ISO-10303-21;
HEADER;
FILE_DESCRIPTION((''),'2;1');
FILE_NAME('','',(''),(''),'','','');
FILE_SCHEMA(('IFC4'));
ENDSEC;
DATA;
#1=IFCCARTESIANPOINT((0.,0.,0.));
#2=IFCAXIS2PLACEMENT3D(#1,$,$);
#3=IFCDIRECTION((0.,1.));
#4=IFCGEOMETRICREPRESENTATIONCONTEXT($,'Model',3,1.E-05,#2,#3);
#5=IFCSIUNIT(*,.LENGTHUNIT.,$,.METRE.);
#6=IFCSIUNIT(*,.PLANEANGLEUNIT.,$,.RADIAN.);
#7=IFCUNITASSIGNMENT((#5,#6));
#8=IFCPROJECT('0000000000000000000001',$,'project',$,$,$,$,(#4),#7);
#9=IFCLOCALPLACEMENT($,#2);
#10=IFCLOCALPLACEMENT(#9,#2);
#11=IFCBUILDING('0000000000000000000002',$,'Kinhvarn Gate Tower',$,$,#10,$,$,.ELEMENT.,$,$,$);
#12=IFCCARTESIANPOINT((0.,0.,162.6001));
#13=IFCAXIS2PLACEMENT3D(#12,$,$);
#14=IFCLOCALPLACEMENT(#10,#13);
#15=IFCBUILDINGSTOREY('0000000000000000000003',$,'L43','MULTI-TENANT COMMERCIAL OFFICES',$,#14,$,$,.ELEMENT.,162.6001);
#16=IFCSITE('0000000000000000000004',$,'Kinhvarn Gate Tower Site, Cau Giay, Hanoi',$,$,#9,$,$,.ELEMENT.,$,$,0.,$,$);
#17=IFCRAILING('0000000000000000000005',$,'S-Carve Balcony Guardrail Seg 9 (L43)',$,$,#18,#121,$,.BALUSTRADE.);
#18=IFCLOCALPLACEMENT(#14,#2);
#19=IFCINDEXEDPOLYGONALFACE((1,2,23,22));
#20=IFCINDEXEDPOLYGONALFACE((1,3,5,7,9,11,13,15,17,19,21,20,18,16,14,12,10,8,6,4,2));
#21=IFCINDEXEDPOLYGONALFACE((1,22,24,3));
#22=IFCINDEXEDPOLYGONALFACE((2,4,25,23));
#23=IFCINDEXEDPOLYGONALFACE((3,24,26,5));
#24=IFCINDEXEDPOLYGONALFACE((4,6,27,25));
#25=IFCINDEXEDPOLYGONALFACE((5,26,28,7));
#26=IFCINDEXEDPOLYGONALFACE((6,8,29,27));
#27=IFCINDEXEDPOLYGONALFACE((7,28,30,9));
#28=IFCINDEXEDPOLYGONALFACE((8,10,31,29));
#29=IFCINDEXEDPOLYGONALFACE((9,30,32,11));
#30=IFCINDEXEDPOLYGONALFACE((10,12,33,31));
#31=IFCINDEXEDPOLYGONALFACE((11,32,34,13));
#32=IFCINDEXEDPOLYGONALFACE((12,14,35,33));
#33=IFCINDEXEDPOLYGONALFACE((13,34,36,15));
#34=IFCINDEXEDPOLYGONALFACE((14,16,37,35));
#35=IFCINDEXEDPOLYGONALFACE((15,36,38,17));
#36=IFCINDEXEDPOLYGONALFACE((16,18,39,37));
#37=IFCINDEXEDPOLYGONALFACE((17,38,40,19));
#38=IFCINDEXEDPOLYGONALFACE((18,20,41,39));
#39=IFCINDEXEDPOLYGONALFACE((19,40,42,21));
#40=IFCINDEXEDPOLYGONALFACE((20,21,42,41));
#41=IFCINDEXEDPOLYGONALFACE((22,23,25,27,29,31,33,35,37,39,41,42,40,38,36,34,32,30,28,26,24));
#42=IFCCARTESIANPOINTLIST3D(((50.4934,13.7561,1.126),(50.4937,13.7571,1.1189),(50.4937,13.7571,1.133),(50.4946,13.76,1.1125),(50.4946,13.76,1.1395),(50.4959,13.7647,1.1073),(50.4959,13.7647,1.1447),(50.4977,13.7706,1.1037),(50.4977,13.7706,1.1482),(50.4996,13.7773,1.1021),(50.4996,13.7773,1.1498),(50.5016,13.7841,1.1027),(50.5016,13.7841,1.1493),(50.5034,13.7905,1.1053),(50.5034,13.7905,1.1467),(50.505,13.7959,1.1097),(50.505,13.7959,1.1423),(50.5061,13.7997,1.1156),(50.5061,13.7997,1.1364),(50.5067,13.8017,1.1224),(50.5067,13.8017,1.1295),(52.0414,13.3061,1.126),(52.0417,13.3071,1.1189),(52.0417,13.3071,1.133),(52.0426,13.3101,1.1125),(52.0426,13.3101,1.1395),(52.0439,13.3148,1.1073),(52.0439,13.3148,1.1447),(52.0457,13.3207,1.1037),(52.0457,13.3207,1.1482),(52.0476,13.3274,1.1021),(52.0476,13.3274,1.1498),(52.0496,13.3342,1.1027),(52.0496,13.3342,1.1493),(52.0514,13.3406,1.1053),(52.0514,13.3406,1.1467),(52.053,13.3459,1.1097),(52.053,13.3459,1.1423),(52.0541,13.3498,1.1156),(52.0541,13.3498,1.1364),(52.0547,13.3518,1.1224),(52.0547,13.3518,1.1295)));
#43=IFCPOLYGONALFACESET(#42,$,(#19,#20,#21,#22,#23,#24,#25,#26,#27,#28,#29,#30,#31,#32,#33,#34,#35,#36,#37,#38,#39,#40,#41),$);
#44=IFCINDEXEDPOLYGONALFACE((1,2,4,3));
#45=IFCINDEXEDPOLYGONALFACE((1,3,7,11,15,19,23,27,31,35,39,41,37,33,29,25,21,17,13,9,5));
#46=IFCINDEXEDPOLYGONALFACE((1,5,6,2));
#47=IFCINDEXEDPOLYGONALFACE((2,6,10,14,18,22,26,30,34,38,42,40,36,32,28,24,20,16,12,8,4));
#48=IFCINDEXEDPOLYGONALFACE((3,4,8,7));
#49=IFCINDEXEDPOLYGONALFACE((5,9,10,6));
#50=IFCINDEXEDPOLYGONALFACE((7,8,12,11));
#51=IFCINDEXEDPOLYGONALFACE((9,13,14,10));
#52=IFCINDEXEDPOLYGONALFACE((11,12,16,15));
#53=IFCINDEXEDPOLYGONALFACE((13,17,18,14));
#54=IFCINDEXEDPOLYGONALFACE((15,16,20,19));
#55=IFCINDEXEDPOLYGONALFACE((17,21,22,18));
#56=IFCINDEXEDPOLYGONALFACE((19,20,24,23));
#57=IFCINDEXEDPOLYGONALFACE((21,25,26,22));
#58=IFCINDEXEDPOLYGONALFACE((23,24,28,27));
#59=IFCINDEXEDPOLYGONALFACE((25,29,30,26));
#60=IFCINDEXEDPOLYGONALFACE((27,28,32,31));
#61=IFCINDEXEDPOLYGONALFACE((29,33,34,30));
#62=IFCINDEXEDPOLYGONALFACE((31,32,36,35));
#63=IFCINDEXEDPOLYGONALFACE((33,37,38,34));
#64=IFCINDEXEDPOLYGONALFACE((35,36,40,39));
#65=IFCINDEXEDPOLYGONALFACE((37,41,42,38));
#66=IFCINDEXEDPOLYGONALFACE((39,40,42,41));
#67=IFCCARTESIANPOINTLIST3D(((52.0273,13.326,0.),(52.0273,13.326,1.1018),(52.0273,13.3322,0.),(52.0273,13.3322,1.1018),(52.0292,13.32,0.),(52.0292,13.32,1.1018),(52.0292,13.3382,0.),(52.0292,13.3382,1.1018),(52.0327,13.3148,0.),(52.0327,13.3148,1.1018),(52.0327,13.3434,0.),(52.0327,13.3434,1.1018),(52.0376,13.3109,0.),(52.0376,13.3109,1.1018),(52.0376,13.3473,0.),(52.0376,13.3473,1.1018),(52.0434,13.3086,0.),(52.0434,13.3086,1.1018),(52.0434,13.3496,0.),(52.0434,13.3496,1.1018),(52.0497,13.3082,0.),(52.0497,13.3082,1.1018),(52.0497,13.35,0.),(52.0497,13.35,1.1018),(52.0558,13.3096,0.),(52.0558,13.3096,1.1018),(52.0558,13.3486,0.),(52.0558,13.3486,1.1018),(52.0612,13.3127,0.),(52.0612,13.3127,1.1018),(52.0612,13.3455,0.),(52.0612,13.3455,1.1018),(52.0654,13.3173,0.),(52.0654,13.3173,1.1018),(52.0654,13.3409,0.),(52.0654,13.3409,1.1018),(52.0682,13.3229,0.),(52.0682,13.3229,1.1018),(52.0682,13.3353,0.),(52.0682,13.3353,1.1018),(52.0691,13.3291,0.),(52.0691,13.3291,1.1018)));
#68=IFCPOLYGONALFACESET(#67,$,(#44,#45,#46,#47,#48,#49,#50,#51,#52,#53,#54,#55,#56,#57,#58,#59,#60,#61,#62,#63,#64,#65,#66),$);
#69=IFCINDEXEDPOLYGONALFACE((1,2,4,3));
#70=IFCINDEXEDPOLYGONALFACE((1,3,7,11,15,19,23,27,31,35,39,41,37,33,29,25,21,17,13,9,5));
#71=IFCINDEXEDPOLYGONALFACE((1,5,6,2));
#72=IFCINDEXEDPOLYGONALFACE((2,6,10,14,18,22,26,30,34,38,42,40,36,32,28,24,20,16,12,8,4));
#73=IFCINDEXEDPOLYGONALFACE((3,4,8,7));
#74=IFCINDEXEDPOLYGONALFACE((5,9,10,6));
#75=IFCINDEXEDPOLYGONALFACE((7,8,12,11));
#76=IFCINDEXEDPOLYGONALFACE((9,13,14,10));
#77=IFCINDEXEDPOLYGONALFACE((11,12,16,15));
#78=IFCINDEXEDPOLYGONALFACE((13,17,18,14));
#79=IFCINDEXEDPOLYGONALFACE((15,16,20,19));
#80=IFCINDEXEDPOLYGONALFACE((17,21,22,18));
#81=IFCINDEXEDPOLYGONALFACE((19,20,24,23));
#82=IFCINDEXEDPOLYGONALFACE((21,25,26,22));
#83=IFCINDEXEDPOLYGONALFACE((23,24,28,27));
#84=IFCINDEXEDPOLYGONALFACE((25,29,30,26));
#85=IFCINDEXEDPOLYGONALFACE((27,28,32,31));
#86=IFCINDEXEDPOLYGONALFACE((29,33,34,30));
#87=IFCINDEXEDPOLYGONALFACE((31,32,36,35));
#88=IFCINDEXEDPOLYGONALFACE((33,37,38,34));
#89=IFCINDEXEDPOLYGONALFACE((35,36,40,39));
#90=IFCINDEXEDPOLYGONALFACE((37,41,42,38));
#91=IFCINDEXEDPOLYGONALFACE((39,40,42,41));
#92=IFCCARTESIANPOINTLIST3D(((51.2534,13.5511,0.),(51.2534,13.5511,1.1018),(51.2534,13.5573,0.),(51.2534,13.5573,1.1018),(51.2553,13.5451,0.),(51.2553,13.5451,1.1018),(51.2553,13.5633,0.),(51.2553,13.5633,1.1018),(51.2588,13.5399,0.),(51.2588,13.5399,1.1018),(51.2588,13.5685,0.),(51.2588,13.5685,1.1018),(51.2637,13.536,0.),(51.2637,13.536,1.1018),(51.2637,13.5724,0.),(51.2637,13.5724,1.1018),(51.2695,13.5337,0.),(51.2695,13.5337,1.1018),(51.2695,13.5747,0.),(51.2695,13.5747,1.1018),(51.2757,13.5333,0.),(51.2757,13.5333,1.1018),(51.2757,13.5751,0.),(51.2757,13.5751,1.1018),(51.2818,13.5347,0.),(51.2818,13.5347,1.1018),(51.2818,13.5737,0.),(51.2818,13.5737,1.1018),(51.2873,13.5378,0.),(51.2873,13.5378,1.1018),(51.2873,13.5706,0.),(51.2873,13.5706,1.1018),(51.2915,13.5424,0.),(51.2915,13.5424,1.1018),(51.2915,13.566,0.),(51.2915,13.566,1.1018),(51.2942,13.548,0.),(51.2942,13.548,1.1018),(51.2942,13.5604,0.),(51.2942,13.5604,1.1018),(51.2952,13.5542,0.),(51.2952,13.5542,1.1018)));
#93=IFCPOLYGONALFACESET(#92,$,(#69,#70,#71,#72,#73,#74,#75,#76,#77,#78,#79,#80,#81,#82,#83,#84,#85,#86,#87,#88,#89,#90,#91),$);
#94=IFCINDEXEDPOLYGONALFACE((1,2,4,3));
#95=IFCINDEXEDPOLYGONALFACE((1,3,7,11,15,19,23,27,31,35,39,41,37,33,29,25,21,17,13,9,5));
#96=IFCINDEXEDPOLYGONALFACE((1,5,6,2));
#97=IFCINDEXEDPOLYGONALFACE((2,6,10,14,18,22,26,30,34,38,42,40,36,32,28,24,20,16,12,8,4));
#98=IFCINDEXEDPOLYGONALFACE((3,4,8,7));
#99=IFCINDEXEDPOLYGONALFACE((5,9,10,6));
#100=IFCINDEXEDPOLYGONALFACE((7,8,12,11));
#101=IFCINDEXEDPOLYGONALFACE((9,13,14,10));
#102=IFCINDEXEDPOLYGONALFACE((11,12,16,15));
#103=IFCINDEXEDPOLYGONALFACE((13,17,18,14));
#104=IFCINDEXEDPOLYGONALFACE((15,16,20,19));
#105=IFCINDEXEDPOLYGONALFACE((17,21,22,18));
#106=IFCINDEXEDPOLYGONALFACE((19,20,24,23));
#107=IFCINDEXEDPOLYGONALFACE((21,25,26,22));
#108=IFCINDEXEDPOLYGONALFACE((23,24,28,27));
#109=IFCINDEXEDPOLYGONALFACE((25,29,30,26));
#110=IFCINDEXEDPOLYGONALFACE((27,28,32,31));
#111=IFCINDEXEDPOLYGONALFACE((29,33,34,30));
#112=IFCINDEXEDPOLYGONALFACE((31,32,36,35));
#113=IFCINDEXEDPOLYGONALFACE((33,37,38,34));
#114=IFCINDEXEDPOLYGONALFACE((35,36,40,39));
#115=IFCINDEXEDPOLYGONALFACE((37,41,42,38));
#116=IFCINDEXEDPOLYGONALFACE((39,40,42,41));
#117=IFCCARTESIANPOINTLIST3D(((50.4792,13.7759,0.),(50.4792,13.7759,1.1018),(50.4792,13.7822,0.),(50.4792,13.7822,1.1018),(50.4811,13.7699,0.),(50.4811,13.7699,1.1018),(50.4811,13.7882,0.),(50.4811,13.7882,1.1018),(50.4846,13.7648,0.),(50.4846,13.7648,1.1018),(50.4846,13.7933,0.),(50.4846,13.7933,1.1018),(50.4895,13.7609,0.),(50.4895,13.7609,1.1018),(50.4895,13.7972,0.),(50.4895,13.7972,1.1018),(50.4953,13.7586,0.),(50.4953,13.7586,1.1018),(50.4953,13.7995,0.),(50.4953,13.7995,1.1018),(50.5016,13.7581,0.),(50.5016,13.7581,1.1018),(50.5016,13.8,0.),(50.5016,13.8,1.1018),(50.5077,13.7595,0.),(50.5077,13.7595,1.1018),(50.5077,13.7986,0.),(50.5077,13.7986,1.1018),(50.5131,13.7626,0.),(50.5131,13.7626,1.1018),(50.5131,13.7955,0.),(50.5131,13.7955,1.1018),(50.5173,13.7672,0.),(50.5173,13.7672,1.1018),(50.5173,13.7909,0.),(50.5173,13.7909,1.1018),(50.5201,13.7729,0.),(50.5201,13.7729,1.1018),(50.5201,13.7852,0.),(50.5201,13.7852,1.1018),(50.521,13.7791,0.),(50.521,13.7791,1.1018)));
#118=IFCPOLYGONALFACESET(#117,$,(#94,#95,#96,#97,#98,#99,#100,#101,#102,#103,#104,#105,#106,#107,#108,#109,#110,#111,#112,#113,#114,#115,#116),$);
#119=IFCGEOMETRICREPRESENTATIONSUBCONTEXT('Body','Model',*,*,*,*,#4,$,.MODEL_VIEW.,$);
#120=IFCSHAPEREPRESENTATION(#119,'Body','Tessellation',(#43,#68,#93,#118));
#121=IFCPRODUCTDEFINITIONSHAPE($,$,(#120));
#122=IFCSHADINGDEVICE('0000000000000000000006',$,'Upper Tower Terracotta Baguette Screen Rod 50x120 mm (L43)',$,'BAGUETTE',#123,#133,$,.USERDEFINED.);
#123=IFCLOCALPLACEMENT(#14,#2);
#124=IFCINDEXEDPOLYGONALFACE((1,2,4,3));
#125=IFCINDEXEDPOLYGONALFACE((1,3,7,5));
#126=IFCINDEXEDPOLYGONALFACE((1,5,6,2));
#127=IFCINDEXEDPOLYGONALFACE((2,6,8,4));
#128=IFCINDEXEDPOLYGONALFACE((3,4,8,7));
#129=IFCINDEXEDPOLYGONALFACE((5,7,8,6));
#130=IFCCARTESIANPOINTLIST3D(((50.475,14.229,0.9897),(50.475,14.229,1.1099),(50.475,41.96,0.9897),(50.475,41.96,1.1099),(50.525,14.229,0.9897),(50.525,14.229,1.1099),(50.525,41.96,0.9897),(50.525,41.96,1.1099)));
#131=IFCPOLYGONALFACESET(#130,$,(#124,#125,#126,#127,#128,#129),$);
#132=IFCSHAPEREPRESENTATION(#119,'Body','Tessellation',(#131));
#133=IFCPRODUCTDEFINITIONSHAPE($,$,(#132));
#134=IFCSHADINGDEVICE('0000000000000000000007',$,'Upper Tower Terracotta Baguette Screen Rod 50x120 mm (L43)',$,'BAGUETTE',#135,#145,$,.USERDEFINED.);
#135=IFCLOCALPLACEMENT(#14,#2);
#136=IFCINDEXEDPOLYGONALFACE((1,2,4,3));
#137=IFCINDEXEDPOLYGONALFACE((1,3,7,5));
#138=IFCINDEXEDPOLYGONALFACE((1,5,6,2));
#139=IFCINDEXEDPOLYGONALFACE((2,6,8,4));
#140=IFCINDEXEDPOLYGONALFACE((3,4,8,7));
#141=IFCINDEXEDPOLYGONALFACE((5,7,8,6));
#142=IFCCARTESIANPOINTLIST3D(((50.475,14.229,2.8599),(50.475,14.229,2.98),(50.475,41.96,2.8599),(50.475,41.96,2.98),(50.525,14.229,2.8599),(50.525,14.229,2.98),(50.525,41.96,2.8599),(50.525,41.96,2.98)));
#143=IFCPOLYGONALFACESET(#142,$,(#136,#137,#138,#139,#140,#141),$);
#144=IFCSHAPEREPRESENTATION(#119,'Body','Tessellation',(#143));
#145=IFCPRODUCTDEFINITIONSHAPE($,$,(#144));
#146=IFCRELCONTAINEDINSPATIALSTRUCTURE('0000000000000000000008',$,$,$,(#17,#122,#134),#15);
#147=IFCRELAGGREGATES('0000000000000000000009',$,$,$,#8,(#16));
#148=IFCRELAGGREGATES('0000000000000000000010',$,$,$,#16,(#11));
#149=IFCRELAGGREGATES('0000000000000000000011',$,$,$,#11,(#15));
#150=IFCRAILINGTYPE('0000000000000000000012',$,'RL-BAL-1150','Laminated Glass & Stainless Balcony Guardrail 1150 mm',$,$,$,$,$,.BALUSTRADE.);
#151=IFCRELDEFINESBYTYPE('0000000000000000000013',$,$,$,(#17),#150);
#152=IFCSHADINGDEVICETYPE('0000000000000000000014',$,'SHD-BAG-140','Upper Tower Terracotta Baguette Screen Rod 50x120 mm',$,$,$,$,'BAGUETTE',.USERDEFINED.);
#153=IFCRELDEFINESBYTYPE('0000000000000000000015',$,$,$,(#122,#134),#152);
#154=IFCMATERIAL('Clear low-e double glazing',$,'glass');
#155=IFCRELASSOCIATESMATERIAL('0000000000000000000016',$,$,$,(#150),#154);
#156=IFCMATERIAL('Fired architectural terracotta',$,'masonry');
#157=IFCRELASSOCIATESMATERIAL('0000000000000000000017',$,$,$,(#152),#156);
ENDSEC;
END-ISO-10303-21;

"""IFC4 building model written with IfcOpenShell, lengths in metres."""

from ifc_helpers import new_model, si_unit, direction, frame, origin, origin_2d, place, context, subcontext, project, spatial, rectangle, circle, extrude, material, material_profile, profile_set, type_object, element, save


model = new_model("IFC4")

# Units and contexts
model_context = context("Model", 3, precision=1e-05, world=origin(), true_north=direction((0.0, 1.0)))
body_context = subcontext(model_context, "Body", "Model", "MODEL_VIEW")
ifc_project = project(units=[si_unit("LENGTHUNIT", "METRE"), si_unit("PLANEANGLEUNIT", "RADIAN")], contexts=[model_context])

# Site, building, storey
site_placement = place(None, origin())
site = spatial("IfcSite", under=ifc_project, at=site_placement, Name="Kinhvarn Gate Tower Site, Cau Giay, Hanoi", CompositionType="ELEMENT", RefElevation=0.0)
building_placement = place(site_placement, origin())
building = spatial("IfcBuilding", under=site, at=building_placement, Name="Kinhvarn Gate Tower", CompositionType="ELEMENT")
storey_placement = place(building_placement, frame((0.0, 0.0, 162.6001)))
storey = spatial("IfcBuildingStorey", under=building, at=storey_placement, Name="L43", Description="MULTI-TENANT COMMERCIAL OFFICES", CompositionType="ELEMENT", Elevation=162.6001)

# Shared definitions
ifc_material_1 = material(Name="Clear low-e double glazing", Category="glass")

# Shared definitions
ifc_material_2 = material(Name="Fired architectural terracotta", Category="masonry")

# Railing
railing_type = type_object("IfcRailingType", Name="RL-BAL-1150", Description="Laminated Glass & Stainless Balcony Guardrail 1150 mm", PredefinedType="BALUSTRADE", material=ifc_material_1)
railing_placement = place(storey_placement, frame((52.0481, 13.3291, 0.0)))
element("IfcRailing", 1, at=railing_placement, inside=storey, type_object=railing_type, Name="S-Carve Balcony Guardrail Seg 9 (L43)", PredefinedType="BALUSTRADE", context=body_context, shape_type="SweptSolid", body=[
    extrude(circle(Radius=0.0239, at=origin_2d()), frame((0.0, 0.0, 1.126), z_axis=(-0.960262, 0.279099, 0.0), x_axis=(-0.279099, -0.960262, 0.0)), (0.0, 0.0, 1.0), 1.6121),
    extrude(circle(Radius=0.021, at=origin_2d()), origin(), (0.0, 0.0, 1.0), 1.1018),
    extrude(circle(Radius=0.021, at=origin_2d()), frame((-0.7739, 0.2251, 0.0)), (0.0, 0.0, 1.0), 1.1018),
    extrude(circle(Radius=0.021, at=origin_2d()), frame((-1.5481, 0.45, 0.0)), (0.0, 0.0, 1.0), 1.1018),
])

# Shading devices
ifc_material_profile_1 = material_profile(ifc_material_2, rectangle(XDim=0.05, YDim=0.1201, at=origin_2d()), Name="TC 50x120")
ifc_profile_set_1 = profile_set([ifc_material_profile_1], Name="Fired architectural terracotta")
shading_device_type = type_object("IfcShadingDeviceType", Name="SHD-BAG-140", Description="Upper Tower Terracotta Baguette Screen Rod 50x120 mm", ElementType="BAGUETTE", PredefinedType="USERDEFINED", material=ifc_profile_set_1)
for number, where, z_axis, x_axis, name in (
    (2, (50.5, 14.229, 1.0498), (0.0, 1.0, 0.0), (-1.0, 0.0, 0.0), "Upper Tower Terracotta Baguette Screen Rod 50x120 mm (L43)"),
    (3, (50.5, 14.229, 2.9199), (0.0, 1.0, 0.0), (-1.0, 0.0, 0.0), "Upper Tower Terracotta Baguette Screen Rod 50x120 mm (L43)"),
):
    element("IfcShadingDevice", number, at=place(storey_placement, frame(where, z_axis=z_axis, x_axis=x_axis)), inside=storey, type_object=shading_device_type, Name=name, ObjectType="BAGUETTE", PredefinedType="USERDEFINED", context=body_context, shape_type="SweptSolid", body=[
        extrude(rectangle(XDim=0.05, YDim=0.1201, at=origin_2d()), origin(), (0.0, 0.0, 1.0), 27.731),
    ])

save(model, "model.ifc")
